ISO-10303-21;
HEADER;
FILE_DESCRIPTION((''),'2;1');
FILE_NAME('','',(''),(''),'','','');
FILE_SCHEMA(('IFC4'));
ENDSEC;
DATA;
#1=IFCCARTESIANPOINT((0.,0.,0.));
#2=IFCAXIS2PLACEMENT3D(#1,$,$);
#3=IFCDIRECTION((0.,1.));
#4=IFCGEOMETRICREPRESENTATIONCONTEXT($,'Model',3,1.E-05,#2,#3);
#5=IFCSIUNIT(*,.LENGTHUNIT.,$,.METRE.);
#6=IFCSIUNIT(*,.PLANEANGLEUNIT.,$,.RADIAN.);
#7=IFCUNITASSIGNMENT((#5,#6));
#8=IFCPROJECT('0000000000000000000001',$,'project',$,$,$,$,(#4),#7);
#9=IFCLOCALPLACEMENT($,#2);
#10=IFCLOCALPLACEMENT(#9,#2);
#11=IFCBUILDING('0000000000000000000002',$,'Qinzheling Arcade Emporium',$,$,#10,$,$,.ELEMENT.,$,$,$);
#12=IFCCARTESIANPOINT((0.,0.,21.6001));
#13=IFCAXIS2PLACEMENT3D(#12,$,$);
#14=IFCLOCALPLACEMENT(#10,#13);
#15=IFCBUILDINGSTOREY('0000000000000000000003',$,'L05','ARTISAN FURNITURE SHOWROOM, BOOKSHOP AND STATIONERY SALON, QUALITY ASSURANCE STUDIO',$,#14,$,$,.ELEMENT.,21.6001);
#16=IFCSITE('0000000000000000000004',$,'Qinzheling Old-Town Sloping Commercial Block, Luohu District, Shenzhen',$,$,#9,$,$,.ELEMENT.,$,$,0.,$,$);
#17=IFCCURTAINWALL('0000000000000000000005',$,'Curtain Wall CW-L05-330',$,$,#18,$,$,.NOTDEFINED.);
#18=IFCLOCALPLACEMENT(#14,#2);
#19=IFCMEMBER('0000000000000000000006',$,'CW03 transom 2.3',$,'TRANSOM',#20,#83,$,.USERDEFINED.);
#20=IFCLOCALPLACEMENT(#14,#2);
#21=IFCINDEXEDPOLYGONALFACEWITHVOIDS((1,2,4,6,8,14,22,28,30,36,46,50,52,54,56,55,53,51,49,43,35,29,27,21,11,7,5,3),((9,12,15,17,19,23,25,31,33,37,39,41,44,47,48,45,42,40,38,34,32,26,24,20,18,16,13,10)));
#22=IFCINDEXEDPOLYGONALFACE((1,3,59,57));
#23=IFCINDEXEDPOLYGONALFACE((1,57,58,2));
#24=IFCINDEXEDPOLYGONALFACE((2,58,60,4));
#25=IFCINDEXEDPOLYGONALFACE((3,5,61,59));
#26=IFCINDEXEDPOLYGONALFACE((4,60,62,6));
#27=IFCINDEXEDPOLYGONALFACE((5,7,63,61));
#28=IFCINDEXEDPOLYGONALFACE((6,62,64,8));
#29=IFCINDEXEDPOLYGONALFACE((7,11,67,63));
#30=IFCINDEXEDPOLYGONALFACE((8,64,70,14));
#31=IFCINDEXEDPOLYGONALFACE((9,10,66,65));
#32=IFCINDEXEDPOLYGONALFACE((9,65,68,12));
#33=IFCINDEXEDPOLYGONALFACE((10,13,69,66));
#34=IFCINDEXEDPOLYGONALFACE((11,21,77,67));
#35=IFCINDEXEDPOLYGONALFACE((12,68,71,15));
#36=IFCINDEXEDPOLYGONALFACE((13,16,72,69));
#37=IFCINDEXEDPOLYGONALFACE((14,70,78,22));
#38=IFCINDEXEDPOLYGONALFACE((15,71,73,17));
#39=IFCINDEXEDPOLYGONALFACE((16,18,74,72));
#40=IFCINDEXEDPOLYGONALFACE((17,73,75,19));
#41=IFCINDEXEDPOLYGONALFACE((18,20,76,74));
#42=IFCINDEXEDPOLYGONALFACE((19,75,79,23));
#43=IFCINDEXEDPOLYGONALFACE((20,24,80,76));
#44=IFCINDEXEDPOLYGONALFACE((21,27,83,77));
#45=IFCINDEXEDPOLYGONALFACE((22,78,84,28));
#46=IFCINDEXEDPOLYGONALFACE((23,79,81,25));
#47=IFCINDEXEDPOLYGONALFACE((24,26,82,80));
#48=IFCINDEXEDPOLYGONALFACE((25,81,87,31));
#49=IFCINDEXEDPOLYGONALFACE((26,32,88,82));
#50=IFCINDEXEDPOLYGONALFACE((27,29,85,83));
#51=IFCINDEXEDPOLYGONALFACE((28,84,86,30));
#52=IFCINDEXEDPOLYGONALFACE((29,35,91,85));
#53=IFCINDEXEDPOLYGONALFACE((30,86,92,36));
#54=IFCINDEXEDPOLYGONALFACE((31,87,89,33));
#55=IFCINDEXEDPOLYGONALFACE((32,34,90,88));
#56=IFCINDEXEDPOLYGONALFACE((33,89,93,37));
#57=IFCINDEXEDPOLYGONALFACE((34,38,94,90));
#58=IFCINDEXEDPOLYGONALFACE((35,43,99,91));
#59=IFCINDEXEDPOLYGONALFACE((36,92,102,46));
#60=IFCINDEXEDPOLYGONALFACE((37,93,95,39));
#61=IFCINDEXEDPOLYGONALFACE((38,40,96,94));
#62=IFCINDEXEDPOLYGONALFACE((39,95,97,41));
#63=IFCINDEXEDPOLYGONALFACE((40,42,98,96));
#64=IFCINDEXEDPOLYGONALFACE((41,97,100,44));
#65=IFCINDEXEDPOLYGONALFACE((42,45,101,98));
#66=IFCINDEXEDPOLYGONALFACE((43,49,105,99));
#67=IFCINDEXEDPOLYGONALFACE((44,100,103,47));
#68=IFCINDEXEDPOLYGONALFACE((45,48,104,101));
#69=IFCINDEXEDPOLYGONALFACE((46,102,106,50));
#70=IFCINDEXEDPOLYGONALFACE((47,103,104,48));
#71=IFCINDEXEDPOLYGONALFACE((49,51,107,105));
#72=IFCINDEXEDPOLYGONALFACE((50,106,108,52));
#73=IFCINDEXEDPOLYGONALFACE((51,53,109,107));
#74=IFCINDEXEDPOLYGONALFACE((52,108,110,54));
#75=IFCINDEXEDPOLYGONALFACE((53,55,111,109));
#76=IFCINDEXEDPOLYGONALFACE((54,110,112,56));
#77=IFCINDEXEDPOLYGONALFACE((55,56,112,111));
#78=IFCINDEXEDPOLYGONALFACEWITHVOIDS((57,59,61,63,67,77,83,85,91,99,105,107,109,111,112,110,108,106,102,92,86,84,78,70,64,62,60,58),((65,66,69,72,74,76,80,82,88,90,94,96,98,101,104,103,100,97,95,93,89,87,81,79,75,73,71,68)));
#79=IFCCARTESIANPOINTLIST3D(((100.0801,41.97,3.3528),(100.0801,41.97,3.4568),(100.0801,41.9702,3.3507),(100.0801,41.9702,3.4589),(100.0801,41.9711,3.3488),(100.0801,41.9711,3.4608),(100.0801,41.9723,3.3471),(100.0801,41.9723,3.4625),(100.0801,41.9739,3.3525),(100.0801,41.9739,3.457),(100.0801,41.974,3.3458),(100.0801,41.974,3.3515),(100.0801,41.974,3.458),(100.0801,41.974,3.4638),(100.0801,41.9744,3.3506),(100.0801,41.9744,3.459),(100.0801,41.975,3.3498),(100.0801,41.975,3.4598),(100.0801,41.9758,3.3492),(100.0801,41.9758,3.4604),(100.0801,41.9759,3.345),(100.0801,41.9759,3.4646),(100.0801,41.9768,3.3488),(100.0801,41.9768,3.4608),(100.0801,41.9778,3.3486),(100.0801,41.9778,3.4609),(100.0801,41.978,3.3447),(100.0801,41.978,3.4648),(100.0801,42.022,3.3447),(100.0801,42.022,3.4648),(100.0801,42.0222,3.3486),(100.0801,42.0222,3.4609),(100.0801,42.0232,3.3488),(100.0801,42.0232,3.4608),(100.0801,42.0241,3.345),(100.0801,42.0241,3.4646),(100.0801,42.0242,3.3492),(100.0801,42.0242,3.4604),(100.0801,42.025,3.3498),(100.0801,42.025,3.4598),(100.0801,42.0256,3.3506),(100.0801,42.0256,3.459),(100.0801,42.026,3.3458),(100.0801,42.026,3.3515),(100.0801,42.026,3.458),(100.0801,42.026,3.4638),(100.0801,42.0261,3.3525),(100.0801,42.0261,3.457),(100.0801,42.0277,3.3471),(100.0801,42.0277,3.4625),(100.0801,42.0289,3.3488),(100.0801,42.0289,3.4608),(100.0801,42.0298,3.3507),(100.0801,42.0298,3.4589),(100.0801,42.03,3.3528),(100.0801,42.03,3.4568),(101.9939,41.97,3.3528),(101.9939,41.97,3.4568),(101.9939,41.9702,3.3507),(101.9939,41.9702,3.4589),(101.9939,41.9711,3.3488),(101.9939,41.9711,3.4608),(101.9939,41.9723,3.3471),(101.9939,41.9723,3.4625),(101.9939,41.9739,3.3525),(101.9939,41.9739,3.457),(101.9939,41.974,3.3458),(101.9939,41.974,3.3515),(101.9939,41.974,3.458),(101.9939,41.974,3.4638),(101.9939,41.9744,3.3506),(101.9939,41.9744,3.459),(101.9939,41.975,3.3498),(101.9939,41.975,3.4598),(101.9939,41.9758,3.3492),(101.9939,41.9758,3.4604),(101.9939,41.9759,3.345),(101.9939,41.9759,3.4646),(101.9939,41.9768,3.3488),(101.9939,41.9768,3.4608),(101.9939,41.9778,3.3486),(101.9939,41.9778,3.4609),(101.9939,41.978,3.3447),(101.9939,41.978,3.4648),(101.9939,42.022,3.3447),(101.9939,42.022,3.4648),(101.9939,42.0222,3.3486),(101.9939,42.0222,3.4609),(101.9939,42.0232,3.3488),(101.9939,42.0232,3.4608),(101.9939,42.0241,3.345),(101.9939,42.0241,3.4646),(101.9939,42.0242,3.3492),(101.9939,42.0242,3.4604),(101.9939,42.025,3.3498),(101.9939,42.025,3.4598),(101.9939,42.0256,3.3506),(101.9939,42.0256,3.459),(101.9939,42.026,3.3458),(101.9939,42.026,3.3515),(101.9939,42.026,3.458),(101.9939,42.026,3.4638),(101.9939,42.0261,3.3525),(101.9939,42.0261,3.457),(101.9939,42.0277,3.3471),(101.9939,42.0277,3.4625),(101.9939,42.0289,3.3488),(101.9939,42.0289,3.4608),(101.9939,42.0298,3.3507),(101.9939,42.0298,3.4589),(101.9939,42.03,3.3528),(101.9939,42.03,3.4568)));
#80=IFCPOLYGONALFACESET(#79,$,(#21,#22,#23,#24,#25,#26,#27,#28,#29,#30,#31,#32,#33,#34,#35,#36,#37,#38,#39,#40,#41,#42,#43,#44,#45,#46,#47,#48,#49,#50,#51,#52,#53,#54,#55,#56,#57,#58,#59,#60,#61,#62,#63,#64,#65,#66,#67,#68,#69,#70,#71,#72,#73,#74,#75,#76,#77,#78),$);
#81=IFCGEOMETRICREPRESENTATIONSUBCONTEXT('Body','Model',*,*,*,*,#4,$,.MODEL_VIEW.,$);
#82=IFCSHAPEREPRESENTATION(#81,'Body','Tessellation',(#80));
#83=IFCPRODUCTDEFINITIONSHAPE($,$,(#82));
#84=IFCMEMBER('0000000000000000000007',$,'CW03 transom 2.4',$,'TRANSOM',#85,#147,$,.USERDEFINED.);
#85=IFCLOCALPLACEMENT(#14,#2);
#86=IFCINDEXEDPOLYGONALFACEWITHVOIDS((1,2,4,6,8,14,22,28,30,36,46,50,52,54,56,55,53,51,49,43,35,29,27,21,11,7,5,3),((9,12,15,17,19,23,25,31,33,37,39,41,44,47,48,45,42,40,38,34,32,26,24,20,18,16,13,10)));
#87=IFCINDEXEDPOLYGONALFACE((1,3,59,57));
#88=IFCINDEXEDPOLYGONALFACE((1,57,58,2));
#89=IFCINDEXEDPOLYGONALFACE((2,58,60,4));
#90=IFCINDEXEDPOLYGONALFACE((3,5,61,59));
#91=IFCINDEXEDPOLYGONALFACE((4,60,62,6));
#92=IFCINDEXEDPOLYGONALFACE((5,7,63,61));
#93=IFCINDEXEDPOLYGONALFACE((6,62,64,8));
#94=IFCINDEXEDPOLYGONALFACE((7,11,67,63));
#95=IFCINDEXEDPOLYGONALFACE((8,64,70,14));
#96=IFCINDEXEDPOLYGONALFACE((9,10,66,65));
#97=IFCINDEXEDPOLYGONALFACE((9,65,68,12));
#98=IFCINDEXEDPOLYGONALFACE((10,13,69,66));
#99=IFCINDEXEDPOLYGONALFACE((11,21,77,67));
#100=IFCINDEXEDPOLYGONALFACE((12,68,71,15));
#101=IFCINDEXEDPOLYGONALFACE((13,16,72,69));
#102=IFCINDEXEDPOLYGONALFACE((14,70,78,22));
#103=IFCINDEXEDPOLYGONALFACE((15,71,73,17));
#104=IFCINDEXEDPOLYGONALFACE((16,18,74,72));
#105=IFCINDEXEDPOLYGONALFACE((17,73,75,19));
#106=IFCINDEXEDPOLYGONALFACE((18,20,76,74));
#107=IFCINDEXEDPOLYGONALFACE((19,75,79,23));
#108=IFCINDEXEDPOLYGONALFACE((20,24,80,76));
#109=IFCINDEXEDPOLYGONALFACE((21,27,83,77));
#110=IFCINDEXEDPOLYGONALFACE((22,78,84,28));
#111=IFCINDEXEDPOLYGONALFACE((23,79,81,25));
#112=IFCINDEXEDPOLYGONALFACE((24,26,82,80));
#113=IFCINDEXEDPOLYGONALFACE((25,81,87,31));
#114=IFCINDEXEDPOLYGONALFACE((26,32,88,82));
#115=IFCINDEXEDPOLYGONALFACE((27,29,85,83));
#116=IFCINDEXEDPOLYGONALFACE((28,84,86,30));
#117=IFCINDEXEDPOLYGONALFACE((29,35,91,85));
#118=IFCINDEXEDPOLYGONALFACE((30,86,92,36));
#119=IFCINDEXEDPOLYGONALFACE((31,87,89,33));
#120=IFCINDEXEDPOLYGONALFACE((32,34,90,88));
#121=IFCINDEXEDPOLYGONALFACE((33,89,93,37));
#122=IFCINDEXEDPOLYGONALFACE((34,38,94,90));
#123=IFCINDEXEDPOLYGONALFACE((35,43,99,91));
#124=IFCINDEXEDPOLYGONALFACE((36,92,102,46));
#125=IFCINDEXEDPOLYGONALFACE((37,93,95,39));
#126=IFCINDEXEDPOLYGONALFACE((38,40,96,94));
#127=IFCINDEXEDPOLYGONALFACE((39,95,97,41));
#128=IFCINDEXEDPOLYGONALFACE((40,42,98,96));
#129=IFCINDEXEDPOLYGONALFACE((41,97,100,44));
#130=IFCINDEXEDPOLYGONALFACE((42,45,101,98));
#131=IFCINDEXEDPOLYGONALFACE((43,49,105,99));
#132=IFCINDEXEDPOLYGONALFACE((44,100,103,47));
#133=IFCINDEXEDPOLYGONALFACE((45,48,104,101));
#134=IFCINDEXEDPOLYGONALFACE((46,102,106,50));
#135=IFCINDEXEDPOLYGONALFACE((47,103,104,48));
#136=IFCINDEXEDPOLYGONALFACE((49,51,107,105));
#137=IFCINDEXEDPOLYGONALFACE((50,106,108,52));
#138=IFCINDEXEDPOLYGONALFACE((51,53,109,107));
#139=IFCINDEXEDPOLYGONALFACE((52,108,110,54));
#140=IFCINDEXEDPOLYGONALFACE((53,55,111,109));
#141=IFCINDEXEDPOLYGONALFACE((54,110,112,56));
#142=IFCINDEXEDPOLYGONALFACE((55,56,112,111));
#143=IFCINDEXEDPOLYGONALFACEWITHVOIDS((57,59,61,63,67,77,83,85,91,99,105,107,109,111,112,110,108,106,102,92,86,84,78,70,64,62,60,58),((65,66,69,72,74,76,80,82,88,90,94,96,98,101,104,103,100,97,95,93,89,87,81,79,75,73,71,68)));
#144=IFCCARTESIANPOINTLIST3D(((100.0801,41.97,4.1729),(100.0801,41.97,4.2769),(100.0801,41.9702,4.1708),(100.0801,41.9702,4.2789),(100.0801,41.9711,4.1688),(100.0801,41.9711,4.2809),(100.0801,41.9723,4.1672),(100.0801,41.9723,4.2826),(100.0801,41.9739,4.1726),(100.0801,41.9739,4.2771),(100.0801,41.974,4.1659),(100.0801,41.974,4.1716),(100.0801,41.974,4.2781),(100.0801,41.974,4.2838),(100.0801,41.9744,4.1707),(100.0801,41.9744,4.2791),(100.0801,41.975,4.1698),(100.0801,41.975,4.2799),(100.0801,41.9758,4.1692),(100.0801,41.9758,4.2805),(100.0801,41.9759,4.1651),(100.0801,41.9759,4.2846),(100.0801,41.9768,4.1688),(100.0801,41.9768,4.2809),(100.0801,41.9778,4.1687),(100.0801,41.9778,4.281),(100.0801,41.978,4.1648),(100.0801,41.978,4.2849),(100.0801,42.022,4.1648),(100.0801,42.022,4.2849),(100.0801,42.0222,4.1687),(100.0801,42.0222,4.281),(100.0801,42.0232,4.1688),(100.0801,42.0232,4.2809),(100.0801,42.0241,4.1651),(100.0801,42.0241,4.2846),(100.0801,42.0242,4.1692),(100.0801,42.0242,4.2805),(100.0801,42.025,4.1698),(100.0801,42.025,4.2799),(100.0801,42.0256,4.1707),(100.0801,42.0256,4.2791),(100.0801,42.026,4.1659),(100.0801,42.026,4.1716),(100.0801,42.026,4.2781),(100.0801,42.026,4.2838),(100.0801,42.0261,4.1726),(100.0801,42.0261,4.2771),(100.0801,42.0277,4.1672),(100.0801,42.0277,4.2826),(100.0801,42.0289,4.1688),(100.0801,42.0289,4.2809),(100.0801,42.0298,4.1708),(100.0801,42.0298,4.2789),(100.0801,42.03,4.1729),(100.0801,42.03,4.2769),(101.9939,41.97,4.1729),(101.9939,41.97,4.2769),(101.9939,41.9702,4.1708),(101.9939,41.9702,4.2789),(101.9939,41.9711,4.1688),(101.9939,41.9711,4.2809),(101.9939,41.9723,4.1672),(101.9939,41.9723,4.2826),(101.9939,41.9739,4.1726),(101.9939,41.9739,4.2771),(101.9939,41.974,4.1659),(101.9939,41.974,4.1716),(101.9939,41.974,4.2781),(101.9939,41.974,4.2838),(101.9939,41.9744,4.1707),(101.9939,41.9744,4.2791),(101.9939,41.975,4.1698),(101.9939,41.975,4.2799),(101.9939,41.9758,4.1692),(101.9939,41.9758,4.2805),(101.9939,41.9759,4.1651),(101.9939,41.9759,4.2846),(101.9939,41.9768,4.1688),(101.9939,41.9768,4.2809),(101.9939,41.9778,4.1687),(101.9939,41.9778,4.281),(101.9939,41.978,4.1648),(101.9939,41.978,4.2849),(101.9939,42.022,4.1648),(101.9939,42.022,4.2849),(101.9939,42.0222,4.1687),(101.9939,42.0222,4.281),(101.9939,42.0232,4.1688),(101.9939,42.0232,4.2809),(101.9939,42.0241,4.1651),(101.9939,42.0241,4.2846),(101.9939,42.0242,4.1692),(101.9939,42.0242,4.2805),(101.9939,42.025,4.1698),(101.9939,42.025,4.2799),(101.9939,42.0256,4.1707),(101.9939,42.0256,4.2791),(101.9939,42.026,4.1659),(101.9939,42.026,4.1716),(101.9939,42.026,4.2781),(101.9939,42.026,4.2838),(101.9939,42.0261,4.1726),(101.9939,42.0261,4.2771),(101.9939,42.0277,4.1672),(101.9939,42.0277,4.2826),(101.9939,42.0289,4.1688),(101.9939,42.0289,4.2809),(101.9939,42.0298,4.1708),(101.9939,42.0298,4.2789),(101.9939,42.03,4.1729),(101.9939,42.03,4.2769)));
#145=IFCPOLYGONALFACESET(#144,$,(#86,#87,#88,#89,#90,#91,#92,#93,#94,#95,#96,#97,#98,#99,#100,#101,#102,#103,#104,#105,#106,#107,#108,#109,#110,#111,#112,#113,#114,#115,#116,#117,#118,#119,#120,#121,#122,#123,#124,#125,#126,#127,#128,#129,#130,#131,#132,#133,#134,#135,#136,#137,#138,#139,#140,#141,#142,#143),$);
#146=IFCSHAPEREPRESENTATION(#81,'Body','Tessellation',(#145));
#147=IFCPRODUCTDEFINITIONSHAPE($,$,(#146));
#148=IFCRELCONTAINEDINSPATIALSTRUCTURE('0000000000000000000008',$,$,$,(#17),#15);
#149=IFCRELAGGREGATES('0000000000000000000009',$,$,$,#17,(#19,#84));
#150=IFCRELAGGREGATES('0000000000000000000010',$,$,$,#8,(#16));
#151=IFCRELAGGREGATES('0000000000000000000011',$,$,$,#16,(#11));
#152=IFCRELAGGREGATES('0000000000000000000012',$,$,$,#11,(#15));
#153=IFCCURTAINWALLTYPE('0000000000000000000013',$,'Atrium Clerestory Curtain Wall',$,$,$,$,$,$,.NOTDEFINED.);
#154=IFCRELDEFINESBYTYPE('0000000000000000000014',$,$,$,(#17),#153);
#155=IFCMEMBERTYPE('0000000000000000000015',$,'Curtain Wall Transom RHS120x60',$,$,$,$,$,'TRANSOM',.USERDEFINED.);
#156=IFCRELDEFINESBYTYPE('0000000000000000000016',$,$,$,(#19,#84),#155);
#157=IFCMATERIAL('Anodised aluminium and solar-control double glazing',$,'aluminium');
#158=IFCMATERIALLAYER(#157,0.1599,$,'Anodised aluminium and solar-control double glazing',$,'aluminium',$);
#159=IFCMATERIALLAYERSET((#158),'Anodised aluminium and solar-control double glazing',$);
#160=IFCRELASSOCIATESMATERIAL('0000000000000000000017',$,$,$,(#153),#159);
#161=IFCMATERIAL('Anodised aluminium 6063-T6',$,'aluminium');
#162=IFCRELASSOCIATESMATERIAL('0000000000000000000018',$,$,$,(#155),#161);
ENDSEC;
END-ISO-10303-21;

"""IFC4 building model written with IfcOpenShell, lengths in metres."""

from ifc_helpers import new_model, si_unit, direction, frame, origin, origin_2d, place, context, subcontext, project, spatial, hollow_rectangle, extrude, material, layer, layer_set, material_profile, profile_set, type_object, element, aggregate, save


model = new_model("IFC4")

# Units and contexts
model_context = context("Model", 3, precision=1e-05, world=origin(), true_north=direction((0.0, 1.0)))
body_context = subcontext(model_context, "Body", "Model", "MODEL_VIEW")
ifc_project = project(units=[si_unit("LENGTHUNIT", "METRE"), si_unit("PLANEANGLEUNIT", "RADIAN")], contexts=[model_context])

# Site, building, storey
site_placement = place(None, origin())
site = spatial("IfcSite", under=ifc_project, at=site_placement, Name="Qinzheling Old-Town Sloping Commercial Block, Luohu District, Shenzhen", CompositionType="ELEMENT", RefElevation=0.0)
building_placement = place(site_placement, origin())
building = spatial("IfcBuilding", under=site, at=building_placement, Name="Qinzheling Arcade Emporium", CompositionType="ELEMENT")
storey_placement = place(building_placement, frame((0.0, 0.0, 21.6001)))
storey = spatial("IfcBuildingStorey", under=building, at=storey_placement, Name="L05", Description="ARTISAN FURNITURE SHOWROOM, BOOKSHOP AND STATIONERY SALON, QUALITY ASSURANCE STUDIO", CompositionType="ELEMENT", Elevation=21.6001)

# Shared definitions
ifc_material_1 = material(Name="Anodised aluminium and solar-control double glazing", Category="aluminium")
ifc_material_2 = material(Name="Anodised aluminium 6063-T6", Category="aluminium")

# Curtain wall
ifc_layer_1 = layer(ifc_material_1, 0.1599, Name="Anodised aluminium and solar-control double glazing", Category="aluminium")
ifc_layer_set_1 = layer_set([ifc_layer_1], Name="Anodised aluminium and solar-control double glazing")
curtain_wall_type_1 = type_object("IfcCurtainWallType", Name="Atrium Clerestory Curtain Wall", PredefinedType="NOTDEFINED", material=ifc_layer_set_1)
curtain_wall_1_placement = place(storey_placement, origin())
curtain_wall_1 = element("IfcCurtainWall", 1, at=curtain_wall_1_placement, inside=storey, type_object=curtain_wall_type_1, Name="Curtain Wall CW-L05-330", PredefinedType="NOTDEFINED")

# Members
ifc_material_profile_1 = material_profile(ifc_material_2, hollow_rectangle(XDim=0.0601, YDim=0.1201, WallThickness=0.0039, InnerFilletRadius=0.0039, OuterFilletRadius=0.0081, at=origin_2d()), Name="RHS 120x60x4", Category="aluminium")
ifc_profile_set_1 = profile_set([ifc_material_profile_1], Name="Anodised aluminium 6063-T6")
member_type_1 = type_object("IfcMemberType", Name="Curtain Wall Transom RHS120x60", ElementType="TRANSOM", PredefinedType="USERDEFINED", material=ifc_profile_set_1)
member_1_placement = place(storey_placement, frame((101.9939, 42.0, 3.4048), z_axis=(-1.0, 0.0, 0.0), x_axis=(0.0, -1.0, 0.0)))
member_1 = element("IfcMember", 2, at=member_1_placement, type_object=member_type_1, Name="CW03 transom 2.3", ObjectType="TRANSOM", PredefinedType="USERDEFINED", context=body_context, shape_type="SweptSolid", body=[
    extrude(hollow_rectangle(XDim=0.0601, YDim=0.1201, WallThickness=0.0039, InnerFilletRadius=0.0039, OuterFilletRadius=0.0081, at=origin_2d()), origin(), (0.0, 0.0, 1.0), 1.9138),
])
member_2_placement = place(storey_placement, frame((101.9939, 42.0, 4.2249), z_axis=(-1.0, 0.0, 0.0), x_axis=(0.0, -1.0, 0.0)))
member_2 = element("IfcMember", 3, at=member_2_placement, type_object=member_type_1, Name="CW03 transom 2.4", ObjectType="TRANSOM", PredefinedType="USERDEFINED", context=body_context, shape_type="SweptSolid", body=[
    extrude(hollow_rectangle(XDim=0.0601, YDim=0.1201, WallThickness=0.0039, InnerFilletRadius=0.0039, OuterFilletRadius=0.0081, at=origin_2d()), origin(), (0.0, 0.0, 1.0), 1.9138),
])

aggregate(curtain_wall_1, [member_1, member_2])

save(model, "model.ifc")
